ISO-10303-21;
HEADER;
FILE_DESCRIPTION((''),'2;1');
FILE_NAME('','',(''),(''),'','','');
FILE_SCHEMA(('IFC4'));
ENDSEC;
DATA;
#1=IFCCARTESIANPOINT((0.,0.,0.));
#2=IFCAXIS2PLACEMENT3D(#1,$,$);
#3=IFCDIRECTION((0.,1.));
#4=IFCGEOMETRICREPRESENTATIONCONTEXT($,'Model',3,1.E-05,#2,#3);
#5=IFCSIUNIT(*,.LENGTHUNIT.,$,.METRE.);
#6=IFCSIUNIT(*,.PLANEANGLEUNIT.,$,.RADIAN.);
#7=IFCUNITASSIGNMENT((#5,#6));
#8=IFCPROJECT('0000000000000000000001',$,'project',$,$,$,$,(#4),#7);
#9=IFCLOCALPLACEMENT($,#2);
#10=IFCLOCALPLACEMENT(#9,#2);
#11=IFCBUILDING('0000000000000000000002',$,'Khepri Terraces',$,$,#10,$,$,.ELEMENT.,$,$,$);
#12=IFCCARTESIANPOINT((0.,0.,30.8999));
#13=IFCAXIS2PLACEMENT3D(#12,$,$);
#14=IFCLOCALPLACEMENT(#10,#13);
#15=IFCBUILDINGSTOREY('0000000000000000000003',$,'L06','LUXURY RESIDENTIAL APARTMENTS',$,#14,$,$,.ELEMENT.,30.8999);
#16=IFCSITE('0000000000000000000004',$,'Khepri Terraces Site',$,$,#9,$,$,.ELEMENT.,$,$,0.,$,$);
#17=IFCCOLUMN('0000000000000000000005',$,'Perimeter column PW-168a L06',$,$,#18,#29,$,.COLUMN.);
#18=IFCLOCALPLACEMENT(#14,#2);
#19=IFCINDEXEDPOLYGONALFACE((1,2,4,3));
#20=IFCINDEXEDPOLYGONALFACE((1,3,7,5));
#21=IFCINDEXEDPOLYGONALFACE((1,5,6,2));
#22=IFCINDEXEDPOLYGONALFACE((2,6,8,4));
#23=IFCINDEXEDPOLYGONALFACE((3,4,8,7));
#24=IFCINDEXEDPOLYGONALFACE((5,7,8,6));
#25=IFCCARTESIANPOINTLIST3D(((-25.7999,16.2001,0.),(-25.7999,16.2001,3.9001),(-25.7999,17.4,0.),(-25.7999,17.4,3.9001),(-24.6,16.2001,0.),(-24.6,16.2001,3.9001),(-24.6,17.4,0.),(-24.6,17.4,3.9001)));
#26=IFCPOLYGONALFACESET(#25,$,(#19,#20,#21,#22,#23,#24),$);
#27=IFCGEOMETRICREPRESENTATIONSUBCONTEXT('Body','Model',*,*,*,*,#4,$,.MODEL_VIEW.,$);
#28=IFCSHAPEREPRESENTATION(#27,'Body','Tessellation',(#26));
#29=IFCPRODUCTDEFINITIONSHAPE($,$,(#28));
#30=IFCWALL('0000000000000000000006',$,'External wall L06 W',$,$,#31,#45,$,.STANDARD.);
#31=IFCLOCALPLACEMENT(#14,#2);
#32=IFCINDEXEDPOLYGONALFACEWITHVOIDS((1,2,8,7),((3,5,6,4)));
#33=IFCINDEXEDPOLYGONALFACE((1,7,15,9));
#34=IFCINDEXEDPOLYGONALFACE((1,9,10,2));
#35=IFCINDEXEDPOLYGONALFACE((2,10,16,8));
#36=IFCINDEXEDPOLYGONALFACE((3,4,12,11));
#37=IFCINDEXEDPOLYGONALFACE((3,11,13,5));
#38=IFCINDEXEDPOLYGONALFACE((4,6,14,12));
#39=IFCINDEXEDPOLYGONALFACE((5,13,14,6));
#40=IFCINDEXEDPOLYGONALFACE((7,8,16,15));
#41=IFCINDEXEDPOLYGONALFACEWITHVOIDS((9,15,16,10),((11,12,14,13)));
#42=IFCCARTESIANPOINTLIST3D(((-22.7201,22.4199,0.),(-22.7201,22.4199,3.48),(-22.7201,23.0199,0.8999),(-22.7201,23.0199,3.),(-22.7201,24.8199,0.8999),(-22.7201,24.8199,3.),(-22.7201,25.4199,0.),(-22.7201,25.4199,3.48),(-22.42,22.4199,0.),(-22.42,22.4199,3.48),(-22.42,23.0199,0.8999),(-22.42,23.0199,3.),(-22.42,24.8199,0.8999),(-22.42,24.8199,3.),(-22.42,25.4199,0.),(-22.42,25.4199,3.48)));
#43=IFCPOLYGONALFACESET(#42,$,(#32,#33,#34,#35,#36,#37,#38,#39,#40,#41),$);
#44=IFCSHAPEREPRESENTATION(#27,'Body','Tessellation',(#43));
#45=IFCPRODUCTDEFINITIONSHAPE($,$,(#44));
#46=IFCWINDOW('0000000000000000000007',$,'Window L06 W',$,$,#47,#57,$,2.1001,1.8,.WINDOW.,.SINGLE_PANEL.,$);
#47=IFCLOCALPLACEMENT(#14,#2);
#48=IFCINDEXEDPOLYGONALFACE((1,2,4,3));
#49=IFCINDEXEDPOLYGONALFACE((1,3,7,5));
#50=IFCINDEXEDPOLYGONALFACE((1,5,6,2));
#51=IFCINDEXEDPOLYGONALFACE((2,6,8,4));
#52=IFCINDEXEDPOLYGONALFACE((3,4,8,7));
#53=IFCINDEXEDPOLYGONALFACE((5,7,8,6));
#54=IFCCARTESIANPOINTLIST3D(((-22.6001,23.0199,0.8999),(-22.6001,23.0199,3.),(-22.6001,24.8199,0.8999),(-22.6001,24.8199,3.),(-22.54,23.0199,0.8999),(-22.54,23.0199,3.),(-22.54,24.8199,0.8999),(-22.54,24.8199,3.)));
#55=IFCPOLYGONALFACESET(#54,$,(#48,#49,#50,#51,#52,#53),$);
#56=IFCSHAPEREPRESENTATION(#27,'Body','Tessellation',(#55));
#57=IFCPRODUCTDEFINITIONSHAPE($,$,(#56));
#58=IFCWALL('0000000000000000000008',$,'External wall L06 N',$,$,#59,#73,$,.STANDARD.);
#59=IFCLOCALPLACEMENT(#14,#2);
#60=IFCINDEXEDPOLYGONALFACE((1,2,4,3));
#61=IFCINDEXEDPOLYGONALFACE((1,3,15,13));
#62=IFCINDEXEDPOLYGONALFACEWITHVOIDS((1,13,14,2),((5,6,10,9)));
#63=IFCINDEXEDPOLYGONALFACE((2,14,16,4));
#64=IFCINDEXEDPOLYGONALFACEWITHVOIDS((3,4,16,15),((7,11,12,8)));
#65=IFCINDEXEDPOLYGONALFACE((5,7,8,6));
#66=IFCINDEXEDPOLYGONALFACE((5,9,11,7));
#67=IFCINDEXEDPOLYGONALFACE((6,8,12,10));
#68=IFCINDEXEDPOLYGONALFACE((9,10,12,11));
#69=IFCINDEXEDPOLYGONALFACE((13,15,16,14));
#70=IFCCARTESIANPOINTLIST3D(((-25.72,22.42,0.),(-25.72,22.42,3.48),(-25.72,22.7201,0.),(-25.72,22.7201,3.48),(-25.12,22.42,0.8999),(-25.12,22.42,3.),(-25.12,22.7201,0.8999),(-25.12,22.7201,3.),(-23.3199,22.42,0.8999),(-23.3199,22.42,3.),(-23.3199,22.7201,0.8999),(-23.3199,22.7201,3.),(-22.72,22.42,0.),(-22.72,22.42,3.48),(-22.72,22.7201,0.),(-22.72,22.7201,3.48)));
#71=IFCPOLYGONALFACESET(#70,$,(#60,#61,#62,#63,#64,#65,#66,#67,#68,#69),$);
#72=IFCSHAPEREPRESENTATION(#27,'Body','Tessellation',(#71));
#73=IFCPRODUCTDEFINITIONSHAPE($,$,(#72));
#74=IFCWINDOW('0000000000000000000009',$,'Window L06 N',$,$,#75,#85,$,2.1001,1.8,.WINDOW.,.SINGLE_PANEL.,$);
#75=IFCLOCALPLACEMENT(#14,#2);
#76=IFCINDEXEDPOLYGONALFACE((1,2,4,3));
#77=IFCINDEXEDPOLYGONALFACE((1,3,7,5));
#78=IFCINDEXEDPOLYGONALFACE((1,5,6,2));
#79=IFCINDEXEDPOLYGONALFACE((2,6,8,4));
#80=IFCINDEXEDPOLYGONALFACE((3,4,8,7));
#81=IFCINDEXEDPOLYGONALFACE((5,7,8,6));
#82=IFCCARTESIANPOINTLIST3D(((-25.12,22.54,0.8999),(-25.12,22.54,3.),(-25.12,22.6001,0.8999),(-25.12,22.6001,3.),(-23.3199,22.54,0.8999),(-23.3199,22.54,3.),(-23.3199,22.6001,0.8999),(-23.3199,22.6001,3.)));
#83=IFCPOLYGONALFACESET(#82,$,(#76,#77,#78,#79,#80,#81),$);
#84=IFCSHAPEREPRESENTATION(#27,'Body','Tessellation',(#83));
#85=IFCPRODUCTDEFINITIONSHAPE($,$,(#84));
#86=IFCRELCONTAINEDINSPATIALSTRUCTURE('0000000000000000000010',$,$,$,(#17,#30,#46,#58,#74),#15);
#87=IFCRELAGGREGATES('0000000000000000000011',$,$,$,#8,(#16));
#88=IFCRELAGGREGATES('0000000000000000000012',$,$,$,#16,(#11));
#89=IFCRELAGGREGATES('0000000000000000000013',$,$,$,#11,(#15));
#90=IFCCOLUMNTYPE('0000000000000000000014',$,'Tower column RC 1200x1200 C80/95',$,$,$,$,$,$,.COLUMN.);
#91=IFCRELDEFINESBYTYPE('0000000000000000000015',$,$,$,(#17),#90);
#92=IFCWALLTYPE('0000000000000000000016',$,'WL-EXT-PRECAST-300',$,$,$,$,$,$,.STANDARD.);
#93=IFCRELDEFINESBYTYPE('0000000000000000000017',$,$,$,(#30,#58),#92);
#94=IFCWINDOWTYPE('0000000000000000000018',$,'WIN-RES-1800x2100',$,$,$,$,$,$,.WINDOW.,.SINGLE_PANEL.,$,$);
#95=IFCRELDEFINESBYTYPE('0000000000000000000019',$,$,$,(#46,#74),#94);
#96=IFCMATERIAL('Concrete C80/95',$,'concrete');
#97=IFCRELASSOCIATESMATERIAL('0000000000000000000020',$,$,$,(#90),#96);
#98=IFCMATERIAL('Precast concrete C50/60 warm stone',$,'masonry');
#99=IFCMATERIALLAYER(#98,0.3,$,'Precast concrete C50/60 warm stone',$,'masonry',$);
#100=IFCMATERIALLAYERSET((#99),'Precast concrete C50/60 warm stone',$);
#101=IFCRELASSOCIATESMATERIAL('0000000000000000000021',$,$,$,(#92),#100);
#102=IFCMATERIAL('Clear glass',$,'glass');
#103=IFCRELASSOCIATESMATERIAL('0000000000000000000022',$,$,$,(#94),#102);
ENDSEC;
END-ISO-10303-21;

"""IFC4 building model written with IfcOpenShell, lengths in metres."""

from ifc_helpers import new_model, si_unit, direction, frame, frame_2d, origin, origin_2d, place, context, subcontext, project, spatial, rectangle, extrude, material, layer, layer_set, material_profile, profile_set, type_object, element, fill, save


model = new_model("IFC4")

# Units and contexts
model_context = context("Model", 3, precision=1e-05, world=origin(), true_north=direction((0.0, 1.0)))
body_context = subcontext(model_context, "Body", "Model", "MODEL_VIEW")
ifc_project = project(units=[si_unit("LENGTHUNIT", "METRE"), si_unit("PLANEANGLEUNIT", "RADIAN")], contexts=[model_context])

# Site, building, storey
site_placement = place(None, origin())
site = spatial("IfcSite", under=ifc_project, at=site_placement, Name="Khepri Terraces Site", CompositionType="ELEMENT", RefElevation=0.0)
building_placement = place(site_placement, origin())
building = spatial("IfcBuilding", under=site, at=building_placement, Name="Khepri Terraces", CompositionType="ELEMENT")
storey_placement = place(building_placement, frame((0.0, 0.0, 30.8999)))
storey = spatial("IfcBuildingStorey", under=building, at=storey_placement, Name="L06", Description="LUXURY RESIDENTIAL APARTMENTS", CompositionType="ELEMENT", Elevation=30.8999)

# Column
ifc_material_1 = material(Name="Concrete C80/95", Category="concrete")
ifc_material_profile = material_profile(ifc_material_1, rectangle(XDim=1.2, YDim=1.2, at=origin_2d()), Name="Concrete C80/95", Category="concrete")
ifc_profile_set = profile_set([ifc_material_profile], Name="Concrete C80/95")
column_type = type_object("IfcColumnType", Name="Tower column RC 1200x1200 C80/95", PredefinedType="COLUMN", material=ifc_profile_set)
column_placement = place(storey_placement, frame((-25.2, 16.8, 0.0), z_axis=(0.0, 0.0, 1.0), x_axis=(1.0, 0.0, 0.0)))
element("IfcColumn", 1, at=column_placement, inside=storey, type_object=column_type, Name="Perimeter column PW-168a L06", PredefinedType="COLUMN", context=body_context, shape_type="SweptSolid", body=[
    extrude(rectangle(XDim=1.2, YDim=1.2, at=origin_2d()), origin(), (0.0, 0.0, 1.0), 3.9001),
])

# Walls, openings, windows
ifc_material_2 = material(Name="Precast concrete C50/60 warm stone", Category="masonry")
ifc_layer = layer(ifc_material_2, 0.3, Name="Precast concrete C50/60 warm stone", Category="masonry")
ifc_layer_set = layer_set([ifc_layer], Name="Precast concrete C50/60 warm stone")
wall_type = type_object("IfcWallType", Name="WL-EXT-PRECAST-300", PredefinedType="STANDARD", material=ifc_layer_set)
wall_1_placement = place(storey_placement, frame((-22.5701, 25.4199, 0.0), z_axis=(0.0, 0.0, 1.0), x_axis=(0.0, -1.0, 0.0)))
wall_1 = element("IfcWall", 2, at=wall_1_placement, inside=storey, type_object=wall_type, Name="External wall L06 W", PredefinedType="STANDARD", context=body_context, shape_type="SweptSolid", body=[
    extrude(rectangle(XDim=3.0, YDim=0.3, at=frame_2d((1.5, 0.0))), origin(), (0.0, 0.0, 1.0), 3.48),
])
opening_1_placement = place(wall_1_placement, frame((0.6001, 0.0, 0.8999)))
opening_1 = element("IfcOpeningElement", 3, at=opening_1_placement, cuts=wall_1, PredefinedType="OPENING", context=body_context, shape_type="SweptSolid", body=[
    extrude(rectangle(XDim=1.8, YDim=2.1001, at=frame_2d((0.8999, 1.05))), frame((0.0, 0.1602, 0.0), z_axis=(0.0, -1.0, 0.0), x_axis=(1.0, 0.0, 0.0)), (0.0, 0.0, 1.0), 0.3201),
])
ifc_material_3 = material(Name="Clear glass", Category="glass")
window_type_1 = type_object("IfcWindowType", Name="WIN-RES-1800x2100", PartitioningType="SINGLE_PANEL", PredefinedType="WINDOW", material=ifc_material_3)
window_1_placement = place(opening_1_placement, origin())
window_1 = element("IfcWindow", 4, at=window_1_placement, inside=storey, type_object=window_type_1, Name="Window L06 W", OverallHeight=2.1001, OverallWidth=1.8, PartitioningType="SINGLE_PANEL", PredefinedType="WINDOW", context=body_context, shape_type="SweptSolid", body=[
    extrude(rectangle(XDim=1.8, YDim=2.1001, at=frame_2d((0.8999, 1.05))), frame((0.0, 0.03, 0.0), z_axis=(0.0, -1.0, 0.0), x_axis=(1.0, 0.0, 0.0)), (0.0, 0.0, 1.0), 0.0601),
])
fill(opening_1, window_1)
wall_2_placement = place(storey_placement, frame((-22.72, 22.5701, 0.0), z_axis=(0.0, 0.0, 1.0), x_axis=(-1.0, 0.0, 0.0)))
wall_2 = element("IfcWall", 5, at=wall_2_placement, inside=storey, type_object=wall_type, Name="External wall L06 N", PredefinedType="STANDARD", context=body_context, shape_type="SweptSolid", body=[
    extrude(rectangle(XDim=3.0, YDim=0.3, at=frame_2d((1.5, 0.0))), origin(), (0.0, 0.0, 1.0), 3.48),
])
opening_2_placement = place(wall_2_placement, frame((0.6001, 0.0, 0.8999)))
opening_2 = element("IfcOpeningElement", 6, at=opening_2_placement, cuts=wall_2, PredefinedType="OPENING", context=body_context, shape_type="SweptSolid", body=[
    extrude(rectangle(XDim=1.8, YDim=2.1001, at=frame_2d((0.8999, 1.05))), frame((0.0, 0.1602, 0.0), z_axis=(0.0, -1.0, 0.0), x_axis=(1.0, 0.0, 0.0)), (0.0, 0.0, 1.0), 0.3201),
])
window_2_placement = place(opening_2_placement, origin())
window_2 = element("IfcWindow", 7, at=window_2_placement, inside=storey, type_object=window_type_1, Name="Window L06 N", OverallHeight=2.1001, OverallWidth=1.8, PartitioningType="SINGLE_PANEL", PredefinedType="WINDOW", context=body_context, shape_type="SweptSolid", body=[
    extrude(rectangle(XDim=1.8, YDim=2.1001, at=frame_2d((0.8999, 1.05))), frame((0.0, 0.03, 0.0), z_axis=(0.0, -1.0, 0.0), x_axis=(1.0, 0.0, 0.0)), (0.0, 0.0, 1.0), 0.0601),
])
fill(opening_2, window_2)

save(model, "model.ifc")
